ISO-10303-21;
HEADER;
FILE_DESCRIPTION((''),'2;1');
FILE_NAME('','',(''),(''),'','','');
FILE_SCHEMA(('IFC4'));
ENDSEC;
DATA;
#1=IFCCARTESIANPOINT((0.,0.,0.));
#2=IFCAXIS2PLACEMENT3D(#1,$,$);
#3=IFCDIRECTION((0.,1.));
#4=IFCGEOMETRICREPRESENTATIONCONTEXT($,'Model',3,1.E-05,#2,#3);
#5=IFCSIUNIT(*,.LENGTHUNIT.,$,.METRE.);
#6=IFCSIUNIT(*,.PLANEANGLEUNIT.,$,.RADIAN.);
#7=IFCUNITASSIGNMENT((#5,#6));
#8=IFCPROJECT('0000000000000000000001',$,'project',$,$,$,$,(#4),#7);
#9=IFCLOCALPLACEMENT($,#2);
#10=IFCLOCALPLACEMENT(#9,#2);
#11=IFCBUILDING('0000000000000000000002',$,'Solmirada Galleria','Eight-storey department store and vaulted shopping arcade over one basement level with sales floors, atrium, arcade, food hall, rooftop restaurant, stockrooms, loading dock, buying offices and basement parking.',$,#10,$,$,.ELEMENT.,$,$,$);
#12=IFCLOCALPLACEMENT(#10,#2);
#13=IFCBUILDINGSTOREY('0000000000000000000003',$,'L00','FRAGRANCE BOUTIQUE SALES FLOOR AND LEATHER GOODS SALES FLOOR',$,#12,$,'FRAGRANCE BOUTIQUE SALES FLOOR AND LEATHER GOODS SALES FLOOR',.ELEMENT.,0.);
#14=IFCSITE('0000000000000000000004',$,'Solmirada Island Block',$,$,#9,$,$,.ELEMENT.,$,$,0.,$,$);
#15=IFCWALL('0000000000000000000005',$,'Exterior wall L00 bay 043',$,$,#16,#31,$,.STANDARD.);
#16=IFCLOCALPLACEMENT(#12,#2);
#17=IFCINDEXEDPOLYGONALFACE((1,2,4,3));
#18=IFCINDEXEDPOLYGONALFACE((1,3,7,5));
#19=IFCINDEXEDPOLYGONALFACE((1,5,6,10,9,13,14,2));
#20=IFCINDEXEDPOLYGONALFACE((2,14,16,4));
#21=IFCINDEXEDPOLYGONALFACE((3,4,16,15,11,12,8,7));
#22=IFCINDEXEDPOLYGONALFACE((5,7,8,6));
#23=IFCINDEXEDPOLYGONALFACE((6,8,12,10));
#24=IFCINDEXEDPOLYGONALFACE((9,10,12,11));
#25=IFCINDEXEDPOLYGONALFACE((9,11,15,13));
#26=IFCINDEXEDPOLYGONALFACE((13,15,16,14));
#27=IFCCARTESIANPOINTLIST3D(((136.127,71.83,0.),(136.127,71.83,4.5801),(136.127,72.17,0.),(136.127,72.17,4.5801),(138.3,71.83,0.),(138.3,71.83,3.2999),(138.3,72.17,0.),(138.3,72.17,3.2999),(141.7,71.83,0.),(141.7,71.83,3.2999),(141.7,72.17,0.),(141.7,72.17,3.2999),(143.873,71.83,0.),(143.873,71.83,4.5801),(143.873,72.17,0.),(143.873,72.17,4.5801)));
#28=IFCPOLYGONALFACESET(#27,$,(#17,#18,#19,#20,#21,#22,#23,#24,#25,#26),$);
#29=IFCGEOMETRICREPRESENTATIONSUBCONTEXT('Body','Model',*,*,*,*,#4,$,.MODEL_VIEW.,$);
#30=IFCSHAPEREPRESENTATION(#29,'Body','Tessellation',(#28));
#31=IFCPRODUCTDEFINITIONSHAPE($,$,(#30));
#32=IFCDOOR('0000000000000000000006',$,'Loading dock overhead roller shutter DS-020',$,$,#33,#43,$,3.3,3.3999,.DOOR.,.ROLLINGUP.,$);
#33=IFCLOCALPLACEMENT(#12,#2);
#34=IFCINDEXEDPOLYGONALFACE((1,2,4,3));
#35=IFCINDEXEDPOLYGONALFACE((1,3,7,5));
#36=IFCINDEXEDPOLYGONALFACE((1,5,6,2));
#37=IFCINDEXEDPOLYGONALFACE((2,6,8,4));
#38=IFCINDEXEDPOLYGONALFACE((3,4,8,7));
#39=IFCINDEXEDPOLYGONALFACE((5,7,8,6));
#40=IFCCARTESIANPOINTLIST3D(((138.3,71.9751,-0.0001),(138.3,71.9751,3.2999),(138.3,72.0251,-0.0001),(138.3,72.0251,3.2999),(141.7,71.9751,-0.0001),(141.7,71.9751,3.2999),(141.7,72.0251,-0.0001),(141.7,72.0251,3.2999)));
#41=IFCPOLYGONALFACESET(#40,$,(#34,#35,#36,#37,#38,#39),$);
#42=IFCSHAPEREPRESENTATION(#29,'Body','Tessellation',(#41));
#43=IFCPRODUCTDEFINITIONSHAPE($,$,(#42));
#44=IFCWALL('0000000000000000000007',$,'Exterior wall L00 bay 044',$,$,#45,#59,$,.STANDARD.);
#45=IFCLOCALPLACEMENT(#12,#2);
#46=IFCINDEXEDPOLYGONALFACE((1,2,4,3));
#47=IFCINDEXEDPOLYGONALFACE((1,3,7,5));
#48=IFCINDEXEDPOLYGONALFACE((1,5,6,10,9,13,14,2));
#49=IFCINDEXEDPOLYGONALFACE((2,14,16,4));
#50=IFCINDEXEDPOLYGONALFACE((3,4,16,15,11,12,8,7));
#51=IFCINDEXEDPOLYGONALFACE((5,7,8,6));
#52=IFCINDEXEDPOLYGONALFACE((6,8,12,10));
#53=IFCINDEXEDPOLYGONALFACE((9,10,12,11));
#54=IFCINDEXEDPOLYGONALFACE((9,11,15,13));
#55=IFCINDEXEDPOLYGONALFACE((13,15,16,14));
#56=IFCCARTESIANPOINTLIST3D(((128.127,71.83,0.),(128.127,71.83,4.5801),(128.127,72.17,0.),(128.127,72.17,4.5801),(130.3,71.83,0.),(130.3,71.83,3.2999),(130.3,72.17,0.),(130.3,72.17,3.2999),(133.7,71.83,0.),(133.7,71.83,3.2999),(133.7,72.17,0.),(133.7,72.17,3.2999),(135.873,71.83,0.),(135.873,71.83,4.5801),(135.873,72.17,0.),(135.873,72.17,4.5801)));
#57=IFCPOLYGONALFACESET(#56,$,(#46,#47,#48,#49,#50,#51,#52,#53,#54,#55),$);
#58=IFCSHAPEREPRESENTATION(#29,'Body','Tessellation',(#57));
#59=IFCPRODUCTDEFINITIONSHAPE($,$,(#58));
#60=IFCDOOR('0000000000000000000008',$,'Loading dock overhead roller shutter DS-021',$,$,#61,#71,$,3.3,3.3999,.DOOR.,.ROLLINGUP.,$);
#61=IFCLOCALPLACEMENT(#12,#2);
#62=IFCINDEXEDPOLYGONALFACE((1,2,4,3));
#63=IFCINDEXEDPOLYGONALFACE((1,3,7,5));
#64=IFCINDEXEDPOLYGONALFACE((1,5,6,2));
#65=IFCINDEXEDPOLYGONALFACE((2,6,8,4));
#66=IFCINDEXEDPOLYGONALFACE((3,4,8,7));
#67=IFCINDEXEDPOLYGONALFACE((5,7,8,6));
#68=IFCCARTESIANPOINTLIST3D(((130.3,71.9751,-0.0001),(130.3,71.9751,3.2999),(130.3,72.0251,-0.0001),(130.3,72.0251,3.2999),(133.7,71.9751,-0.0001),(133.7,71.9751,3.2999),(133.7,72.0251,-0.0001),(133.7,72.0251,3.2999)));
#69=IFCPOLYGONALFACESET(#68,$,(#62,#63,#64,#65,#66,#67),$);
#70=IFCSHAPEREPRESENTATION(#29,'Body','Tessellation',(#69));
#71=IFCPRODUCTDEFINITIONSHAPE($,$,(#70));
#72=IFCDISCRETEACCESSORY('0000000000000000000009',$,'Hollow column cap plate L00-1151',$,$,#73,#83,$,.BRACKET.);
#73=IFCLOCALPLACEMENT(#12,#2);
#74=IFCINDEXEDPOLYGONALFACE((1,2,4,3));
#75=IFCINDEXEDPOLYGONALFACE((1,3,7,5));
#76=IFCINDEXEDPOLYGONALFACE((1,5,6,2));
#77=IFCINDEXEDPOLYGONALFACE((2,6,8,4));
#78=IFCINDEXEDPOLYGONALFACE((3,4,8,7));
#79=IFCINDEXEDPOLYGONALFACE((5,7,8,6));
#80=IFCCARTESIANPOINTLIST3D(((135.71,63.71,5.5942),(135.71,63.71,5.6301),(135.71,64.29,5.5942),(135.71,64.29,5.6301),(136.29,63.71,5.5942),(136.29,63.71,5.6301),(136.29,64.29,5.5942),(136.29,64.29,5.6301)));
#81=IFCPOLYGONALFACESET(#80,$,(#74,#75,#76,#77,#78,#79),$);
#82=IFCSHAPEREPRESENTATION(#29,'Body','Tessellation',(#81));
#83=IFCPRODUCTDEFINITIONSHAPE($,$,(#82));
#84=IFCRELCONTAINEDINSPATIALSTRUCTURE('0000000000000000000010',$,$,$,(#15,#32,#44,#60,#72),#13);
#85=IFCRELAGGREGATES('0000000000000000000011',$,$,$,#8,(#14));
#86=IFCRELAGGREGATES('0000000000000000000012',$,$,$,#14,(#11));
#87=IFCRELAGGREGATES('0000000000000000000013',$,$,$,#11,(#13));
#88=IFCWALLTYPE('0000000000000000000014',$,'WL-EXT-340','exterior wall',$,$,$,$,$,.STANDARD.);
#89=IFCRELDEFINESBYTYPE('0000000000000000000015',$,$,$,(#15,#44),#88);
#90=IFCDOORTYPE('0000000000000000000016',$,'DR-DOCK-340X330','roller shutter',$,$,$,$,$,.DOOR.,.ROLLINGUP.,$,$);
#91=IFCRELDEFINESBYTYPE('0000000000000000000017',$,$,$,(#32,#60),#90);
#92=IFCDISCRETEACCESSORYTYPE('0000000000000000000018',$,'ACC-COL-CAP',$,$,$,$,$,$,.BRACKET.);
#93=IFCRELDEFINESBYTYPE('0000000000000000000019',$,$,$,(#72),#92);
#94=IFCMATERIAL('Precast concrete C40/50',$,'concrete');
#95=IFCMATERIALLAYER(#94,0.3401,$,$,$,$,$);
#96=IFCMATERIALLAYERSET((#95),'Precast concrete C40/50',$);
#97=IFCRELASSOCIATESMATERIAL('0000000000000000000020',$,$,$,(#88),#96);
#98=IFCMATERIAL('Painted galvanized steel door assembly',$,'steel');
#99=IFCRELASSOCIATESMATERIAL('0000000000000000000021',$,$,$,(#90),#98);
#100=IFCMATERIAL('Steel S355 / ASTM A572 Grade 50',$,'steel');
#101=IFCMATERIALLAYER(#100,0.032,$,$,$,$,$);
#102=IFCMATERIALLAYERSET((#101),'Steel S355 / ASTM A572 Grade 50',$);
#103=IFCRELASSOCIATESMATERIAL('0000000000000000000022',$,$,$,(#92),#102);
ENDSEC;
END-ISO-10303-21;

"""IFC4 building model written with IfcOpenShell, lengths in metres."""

from ifc_helpers import new_model, si_unit, direction, frame, frame_2d, origin, origin_2d, place, context, subcontext, project, spatial, rectangle, extrude, material, layer, layer_set, type_object, element, fill, save


model = new_model("IFC4")

# Units and contexts
model_context = context("Model", 3, precision=1e-05, world=origin(), true_north=direction((0.0, 1.0)))
body_context = subcontext(model_context, "Body", "Model", "MODEL_VIEW")
ifc_project = project(units=[si_unit("LENGTHUNIT", "METRE"), si_unit("PLANEANGLEUNIT", "RADIAN")], contexts=[model_context])

# Site, building, storey
site_placement = place(None, origin())
site = spatial("IfcSite", under=ifc_project, at=site_placement, Name="Solmirada Island Block", CompositionType="ELEMENT", RefElevation=0.0)
building_placement = place(site_placement, origin())
building = spatial("IfcBuilding", under=site, at=building_placement, Name="Solmirada Galleria", Description="Eight-storey department store and vaulted shopping arcade over one basement level with sales floors, atrium, arcade, food hall, rooftop restaurant, stockrooms, loading dock, buying offices and basement parking.", CompositionType="ELEMENT")
storey_placement = place(building_placement, origin())
storey = spatial("IfcBuildingStorey", under=building, at=storey_placement, Name="L00", Description="FRAGRANCE BOUTIQUE SALES FLOOR AND LEATHER GOODS SALES FLOOR", LongName="FRAGRANCE BOUTIQUE SALES FLOOR AND LEATHER GOODS SALES FLOOR", CompositionType="ELEMENT", Elevation=0.0)

# Walls, openings, doors
ifc_material_1 = material(Name="Precast concrete C40/50", Category="concrete")
ifc_layer_1 = layer(ifc_material_1, 0.3401)
ifc_layer_set_1 = layer_set([ifc_layer_1], Name="Precast concrete C40/50")
wall_type = type_object("IfcWallType", Name="WL-EXT-340", Description="exterior wall", PredefinedType="STANDARD", material=ifc_layer_set_1)
wall_1_placement = place(storey_placement, frame((143.873, 72.0, 0.0), z_axis=(0.0, 0.0, 1.0), x_axis=(-1.0, 0.0, 0.0)))
wall_1 = element("IfcWall", 1, at=wall_1_placement, inside=storey, type_object=wall_type, Name="Exterior wall L00 bay 043", PredefinedType="STANDARD", context=body_context, shape_type="SweptSolid", body=[
    extrude(rectangle(XDim=7.7461, YDim=0.3401, at=frame_2d((3.873, 0.0))), origin(), (0.0, 0.0, 1.0), 4.5801),
])
opening_1_placement = place(wall_1_placement, frame((2.1731, 0.0, 0.0)))
opening_1 = element("IfcOpeningElement", 2, at=opening_1_placement, cuts=wall_1, PredefinedType="OPENING", context=body_context, shape_type="SweptSolid", body=[
    extrude(rectangle(XDim=3.3999, YDim=3.3, at=frame_2d((1.7, 1.6499))), frame((0.0, 0.1799, 0.0), z_axis=(0.0, -1.0, 0.0), x_axis=(1.0, 0.0, 0.0)), (0.0, 0.0, 1.0), 0.3601),
])
ifc_material_2 = material(Name="Painted galvanized steel door assembly", Category="steel")
door_type = type_object("IfcDoorType", Name="DR-DOCK-340X330", Description="roller shutter", OperationType="ROLLINGUP", PredefinedType="DOOR", material=ifc_material_2)
door_1_placement = place(opening_1_placement, origin())
door_1 = element("IfcDoor", 3, at=door_1_placement, inside=storey, type_object=door_type, Name="Loading dock overhead roller shutter DS-020", OperationType="ROLLINGUP", OverallHeight=3.3, OverallWidth=3.3999, PredefinedType="DOOR", context=body_context, shape_type="SweptSolid", body=[
    extrude(rectangle(XDim=3.3999, YDim=3.3, at=frame_2d((1.7, 1.6499))), frame((0.0, 0.0249, 0.0), z_axis=(0.0, -1.0, 0.0), x_axis=(1.0, 0.0, 0.0)), (0.0, 0.0, 1.0), 0.05),
])
fill(opening_1, door_1)
wall_2_placement = place(storey_placement, frame((135.873, 72.0, 0.0), z_axis=(0.0, 0.0, 1.0), x_axis=(-1.0, 0.0, 0.0)))
wall_2 = element("IfcWall", 4, at=wall_2_placement, inside=storey, type_object=wall_type, Name="Exterior wall L00 bay 044", PredefinedType="STANDARD", context=body_context, shape_type="SweptSolid", body=[
    extrude(rectangle(XDim=7.7461, YDim=0.3401, at=frame_2d((3.873, 0.0))), origin(), (0.0, 0.0, 1.0), 4.5801),
])
opening_2_placement = place(wall_2_placement, frame((2.1731, 0.0, 0.0)))
opening_2 = element("IfcOpeningElement", 5, at=opening_2_placement, cuts=wall_2, PredefinedType="OPENING", context=body_context, shape_type="SweptSolid", body=[
    extrude(rectangle(XDim=3.3999, YDim=3.3, at=frame_2d((1.7, 1.6499))), frame((0.0, 0.1799, 0.0), z_axis=(0.0, -1.0, 0.0), x_axis=(1.0, 0.0, 0.0)), (0.0, 0.0, 1.0), 0.3601),
])
door_2_placement = place(opening_2_placement, origin())
door_2 = element("IfcDoor", 6, at=door_2_placement, inside=storey, type_object=door_type, Name="Loading dock overhead roller shutter DS-021", OperationType="ROLLINGUP", OverallHeight=3.3, OverallWidth=3.3999, PredefinedType="DOOR", context=body_context, shape_type="SweptSolid", body=[
    extrude(rectangle(XDim=3.3999, YDim=3.3, at=frame_2d((1.7, 1.6499))), frame((0.0, 0.0249, 0.0), z_axis=(0.0, -1.0, 0.0), x_axis=(1.0, 0.0, 0.0)), (0.0, 0.0, 1.0), 0.05),
])
fill(opening_2, door_2)

# Discrete accessory
ifc_material_3 = material(Name="Steel S355 / ASTM A572 Grade 50", Category="steel")
ifc_layer_2 = layer(ifc_material_3, 0.032)
ifc_layer_set_2 = layer_set([ifc_layer_2], Name="Steel S355 / ASTM A572 Grade 50")
discrete_accessory_type = type_object("IfcDiscreteAccessoryType", Name="ACC-COL-CAP", PredefinedType="BRACKET", material=ifc_layer_set_2)
discrete_accessory_placement = place(storey_placement, frame((136.0, 64.0, 5.5942), z_axis=(0.0, 0.0, 1.0), x_axis=(1.0, 0.0, 0.0)))
element("IfcDiscreteAccessory", 7, at=discrete_accessory_placement, inside=storey, type_object=discrete_accessory_type, Name="Hollow column cap plate L00-1151", PredefinedType="BRACKET", context=body_context, shape_type="SweptSolid", body=[
    extrude(rectangle(XDim=0.5801, YDim=0.5801, at=origin_2d()), origin(), (0.0, 0.0, 1.0), 0.0359),
])

save(model, "model.ifc")
